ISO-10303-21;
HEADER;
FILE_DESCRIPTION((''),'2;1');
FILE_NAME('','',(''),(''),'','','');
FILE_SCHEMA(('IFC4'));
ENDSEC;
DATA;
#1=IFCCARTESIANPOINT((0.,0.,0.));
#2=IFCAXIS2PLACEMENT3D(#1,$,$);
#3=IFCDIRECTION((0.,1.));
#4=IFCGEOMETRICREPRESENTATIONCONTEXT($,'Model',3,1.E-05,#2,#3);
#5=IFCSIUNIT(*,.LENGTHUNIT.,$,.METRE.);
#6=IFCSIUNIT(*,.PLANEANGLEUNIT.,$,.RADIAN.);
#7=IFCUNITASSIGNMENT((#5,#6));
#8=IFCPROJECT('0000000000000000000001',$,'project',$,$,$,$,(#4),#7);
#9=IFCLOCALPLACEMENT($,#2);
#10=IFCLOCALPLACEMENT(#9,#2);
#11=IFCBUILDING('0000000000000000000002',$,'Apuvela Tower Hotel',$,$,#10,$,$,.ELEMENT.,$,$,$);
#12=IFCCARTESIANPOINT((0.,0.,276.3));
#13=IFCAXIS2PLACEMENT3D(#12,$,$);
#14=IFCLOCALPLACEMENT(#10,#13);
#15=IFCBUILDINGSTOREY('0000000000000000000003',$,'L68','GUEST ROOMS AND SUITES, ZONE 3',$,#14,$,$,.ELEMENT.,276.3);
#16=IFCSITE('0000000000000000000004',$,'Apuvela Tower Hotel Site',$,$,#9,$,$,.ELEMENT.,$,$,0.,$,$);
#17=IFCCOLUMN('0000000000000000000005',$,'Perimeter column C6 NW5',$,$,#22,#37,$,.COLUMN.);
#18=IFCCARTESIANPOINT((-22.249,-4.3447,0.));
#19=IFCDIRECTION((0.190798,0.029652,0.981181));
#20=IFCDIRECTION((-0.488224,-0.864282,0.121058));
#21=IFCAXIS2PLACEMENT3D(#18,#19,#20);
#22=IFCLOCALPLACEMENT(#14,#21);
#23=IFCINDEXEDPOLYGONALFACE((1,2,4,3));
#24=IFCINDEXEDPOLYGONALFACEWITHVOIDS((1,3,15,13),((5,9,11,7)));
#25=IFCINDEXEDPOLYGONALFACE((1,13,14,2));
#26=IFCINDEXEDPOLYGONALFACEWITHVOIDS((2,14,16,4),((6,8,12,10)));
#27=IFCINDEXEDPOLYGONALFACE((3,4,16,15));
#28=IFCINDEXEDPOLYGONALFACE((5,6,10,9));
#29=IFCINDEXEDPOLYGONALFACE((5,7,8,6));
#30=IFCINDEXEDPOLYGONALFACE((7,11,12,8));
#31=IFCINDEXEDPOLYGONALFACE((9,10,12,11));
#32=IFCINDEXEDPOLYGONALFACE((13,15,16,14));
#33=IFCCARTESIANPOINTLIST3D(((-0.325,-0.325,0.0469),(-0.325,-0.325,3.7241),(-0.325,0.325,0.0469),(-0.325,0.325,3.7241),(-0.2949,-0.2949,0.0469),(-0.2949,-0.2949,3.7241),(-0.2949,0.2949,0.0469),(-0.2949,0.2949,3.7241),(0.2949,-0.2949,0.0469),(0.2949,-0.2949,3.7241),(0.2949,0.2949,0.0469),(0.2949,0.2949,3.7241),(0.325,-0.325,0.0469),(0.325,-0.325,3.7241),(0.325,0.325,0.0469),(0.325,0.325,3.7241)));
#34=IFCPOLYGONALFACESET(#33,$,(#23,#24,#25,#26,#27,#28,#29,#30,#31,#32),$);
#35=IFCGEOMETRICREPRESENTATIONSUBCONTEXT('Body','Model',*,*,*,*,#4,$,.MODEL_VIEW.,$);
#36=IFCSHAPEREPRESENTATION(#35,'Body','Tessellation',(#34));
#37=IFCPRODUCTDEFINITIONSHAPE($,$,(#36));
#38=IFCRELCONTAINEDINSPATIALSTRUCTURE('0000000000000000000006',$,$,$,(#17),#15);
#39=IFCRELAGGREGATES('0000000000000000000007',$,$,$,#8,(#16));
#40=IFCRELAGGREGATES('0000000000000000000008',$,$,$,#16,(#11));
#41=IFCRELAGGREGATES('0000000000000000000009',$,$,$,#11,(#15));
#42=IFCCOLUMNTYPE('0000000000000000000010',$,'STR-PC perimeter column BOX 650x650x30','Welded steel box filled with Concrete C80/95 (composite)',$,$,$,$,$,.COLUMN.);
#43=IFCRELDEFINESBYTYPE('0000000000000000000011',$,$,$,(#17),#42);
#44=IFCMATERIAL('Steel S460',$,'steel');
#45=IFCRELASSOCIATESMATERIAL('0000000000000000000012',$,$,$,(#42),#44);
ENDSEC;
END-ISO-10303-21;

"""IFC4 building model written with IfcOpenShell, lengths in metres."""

from ifc_helpers import new_model, si_unit, direction, frame, origin, origin_2d, place, context, subcontext, project, spatial, rectangle, hollow_rectangle, extrude, boolean, halfspace, material, material_profile, profile_set, type_object, element, save


model = new_model("IFC4")

# Units and contexts
model_context = context("Model", 3, precision=1e-05, world=origin(), true_north=direction((0.0, 1.0)))
body_context = subcontext(model_context, "Body", "Model", "MODEL_VIEW")
ifc_project = project(units=[si_unit("LENGTHUNIT", "METRE"), si_unit("PLANEANGLEUNIT", "RADIAN")], contexts=[model_context])

# Site, building, storey
site_placement = place(None, origin())
site = spatial("IfcSite", under=ifc_project, at=site_placement, Name="Apuvela Tower Hotel Site", CompositionType="ELEMENT", RefElevation=0.0)
building_placement = place(site_placement, origin())
building = spatial("IfcBuilding", under=site, at=building_placement, Name="Apuvela Tower Hotel", CompositionType="ELEMENT")
storey_placement = place(building_placement, frame((0.0, 0.0, 276.3)))
storey = spatial("IfcBuildingStorey", under=building, at=storey_placement, Name="L68", Description="GUEST ROOMS AND SUITES, ZONE 3", CompositionType="ELEMENT", Elevation=276.3)

# Column
ifc_material_1 = material(Name="Steel S460", Category="steel")
ifc_material_profile_1 = material_profile(ifc_material_1, hollow_rectangle(XDim=0.6499, YDim=0.6499, WallThickness=0.03, at=origin_2d()), Name="BOX 650x650x30")
ifc_material_2 = material(Name="Concrete C80/95", Category="concrete")
ifc_material_profile_2 = material_profile(ifc_material_2, rectangle(XDim=0.5901, YDim=0.5901, at=origin_2d()), Name="Concrete C80/95 infill")
ifc_profile_set_1 = profile_set([ifc_material_profile_1, ifc_material_profile_2], Name="Steel S460")
column_type = type_object("IfcColumnType", Name="STR-PC perimeter column BOX 650x650x30", Description="Welded steel box filled with Concrete C80/95 (composite)", PredefinedType="COLUMN", material=ifc_profile_set_1)
column_placement = place(storey_placement, frame((-22.249, -4.3447, 0.0), z_axis=(0.190798, 0.029652, 0.981181), x_axis=(-0.488224, -0.864282, 0.121058)))
element("IfcColumn", 1, at=column_placement, inside=storey, type_object=column_type, Name="Perimeter column C6 NW5", PredefinedType="COLUMN", context=body_context, shape_type="SweptSolid", body=[
    boolean("DIFFERENCE", boolean("DIFFERENCE", extrude(hollow_rectangle(XDim=0.6499, YDim=0.6499, WallThickness=0.03, at=origin_2d()), origin(), (0.0, 0.0, 1.0), 3.771), halfspace(frame((0.0, 0.0, 0.0469), z_axis=(0.0, 0.0, 1.0), x_axis=(1.0, 0.0, 0.0)), True)), halfspace(frame((0.0, 0.0, 3.7241), z_axis=(0.0, 0.0, 1.0), x_axis=(1.0, 0.0, 0.0)), False)),
])

save(model, "model.ifc")
